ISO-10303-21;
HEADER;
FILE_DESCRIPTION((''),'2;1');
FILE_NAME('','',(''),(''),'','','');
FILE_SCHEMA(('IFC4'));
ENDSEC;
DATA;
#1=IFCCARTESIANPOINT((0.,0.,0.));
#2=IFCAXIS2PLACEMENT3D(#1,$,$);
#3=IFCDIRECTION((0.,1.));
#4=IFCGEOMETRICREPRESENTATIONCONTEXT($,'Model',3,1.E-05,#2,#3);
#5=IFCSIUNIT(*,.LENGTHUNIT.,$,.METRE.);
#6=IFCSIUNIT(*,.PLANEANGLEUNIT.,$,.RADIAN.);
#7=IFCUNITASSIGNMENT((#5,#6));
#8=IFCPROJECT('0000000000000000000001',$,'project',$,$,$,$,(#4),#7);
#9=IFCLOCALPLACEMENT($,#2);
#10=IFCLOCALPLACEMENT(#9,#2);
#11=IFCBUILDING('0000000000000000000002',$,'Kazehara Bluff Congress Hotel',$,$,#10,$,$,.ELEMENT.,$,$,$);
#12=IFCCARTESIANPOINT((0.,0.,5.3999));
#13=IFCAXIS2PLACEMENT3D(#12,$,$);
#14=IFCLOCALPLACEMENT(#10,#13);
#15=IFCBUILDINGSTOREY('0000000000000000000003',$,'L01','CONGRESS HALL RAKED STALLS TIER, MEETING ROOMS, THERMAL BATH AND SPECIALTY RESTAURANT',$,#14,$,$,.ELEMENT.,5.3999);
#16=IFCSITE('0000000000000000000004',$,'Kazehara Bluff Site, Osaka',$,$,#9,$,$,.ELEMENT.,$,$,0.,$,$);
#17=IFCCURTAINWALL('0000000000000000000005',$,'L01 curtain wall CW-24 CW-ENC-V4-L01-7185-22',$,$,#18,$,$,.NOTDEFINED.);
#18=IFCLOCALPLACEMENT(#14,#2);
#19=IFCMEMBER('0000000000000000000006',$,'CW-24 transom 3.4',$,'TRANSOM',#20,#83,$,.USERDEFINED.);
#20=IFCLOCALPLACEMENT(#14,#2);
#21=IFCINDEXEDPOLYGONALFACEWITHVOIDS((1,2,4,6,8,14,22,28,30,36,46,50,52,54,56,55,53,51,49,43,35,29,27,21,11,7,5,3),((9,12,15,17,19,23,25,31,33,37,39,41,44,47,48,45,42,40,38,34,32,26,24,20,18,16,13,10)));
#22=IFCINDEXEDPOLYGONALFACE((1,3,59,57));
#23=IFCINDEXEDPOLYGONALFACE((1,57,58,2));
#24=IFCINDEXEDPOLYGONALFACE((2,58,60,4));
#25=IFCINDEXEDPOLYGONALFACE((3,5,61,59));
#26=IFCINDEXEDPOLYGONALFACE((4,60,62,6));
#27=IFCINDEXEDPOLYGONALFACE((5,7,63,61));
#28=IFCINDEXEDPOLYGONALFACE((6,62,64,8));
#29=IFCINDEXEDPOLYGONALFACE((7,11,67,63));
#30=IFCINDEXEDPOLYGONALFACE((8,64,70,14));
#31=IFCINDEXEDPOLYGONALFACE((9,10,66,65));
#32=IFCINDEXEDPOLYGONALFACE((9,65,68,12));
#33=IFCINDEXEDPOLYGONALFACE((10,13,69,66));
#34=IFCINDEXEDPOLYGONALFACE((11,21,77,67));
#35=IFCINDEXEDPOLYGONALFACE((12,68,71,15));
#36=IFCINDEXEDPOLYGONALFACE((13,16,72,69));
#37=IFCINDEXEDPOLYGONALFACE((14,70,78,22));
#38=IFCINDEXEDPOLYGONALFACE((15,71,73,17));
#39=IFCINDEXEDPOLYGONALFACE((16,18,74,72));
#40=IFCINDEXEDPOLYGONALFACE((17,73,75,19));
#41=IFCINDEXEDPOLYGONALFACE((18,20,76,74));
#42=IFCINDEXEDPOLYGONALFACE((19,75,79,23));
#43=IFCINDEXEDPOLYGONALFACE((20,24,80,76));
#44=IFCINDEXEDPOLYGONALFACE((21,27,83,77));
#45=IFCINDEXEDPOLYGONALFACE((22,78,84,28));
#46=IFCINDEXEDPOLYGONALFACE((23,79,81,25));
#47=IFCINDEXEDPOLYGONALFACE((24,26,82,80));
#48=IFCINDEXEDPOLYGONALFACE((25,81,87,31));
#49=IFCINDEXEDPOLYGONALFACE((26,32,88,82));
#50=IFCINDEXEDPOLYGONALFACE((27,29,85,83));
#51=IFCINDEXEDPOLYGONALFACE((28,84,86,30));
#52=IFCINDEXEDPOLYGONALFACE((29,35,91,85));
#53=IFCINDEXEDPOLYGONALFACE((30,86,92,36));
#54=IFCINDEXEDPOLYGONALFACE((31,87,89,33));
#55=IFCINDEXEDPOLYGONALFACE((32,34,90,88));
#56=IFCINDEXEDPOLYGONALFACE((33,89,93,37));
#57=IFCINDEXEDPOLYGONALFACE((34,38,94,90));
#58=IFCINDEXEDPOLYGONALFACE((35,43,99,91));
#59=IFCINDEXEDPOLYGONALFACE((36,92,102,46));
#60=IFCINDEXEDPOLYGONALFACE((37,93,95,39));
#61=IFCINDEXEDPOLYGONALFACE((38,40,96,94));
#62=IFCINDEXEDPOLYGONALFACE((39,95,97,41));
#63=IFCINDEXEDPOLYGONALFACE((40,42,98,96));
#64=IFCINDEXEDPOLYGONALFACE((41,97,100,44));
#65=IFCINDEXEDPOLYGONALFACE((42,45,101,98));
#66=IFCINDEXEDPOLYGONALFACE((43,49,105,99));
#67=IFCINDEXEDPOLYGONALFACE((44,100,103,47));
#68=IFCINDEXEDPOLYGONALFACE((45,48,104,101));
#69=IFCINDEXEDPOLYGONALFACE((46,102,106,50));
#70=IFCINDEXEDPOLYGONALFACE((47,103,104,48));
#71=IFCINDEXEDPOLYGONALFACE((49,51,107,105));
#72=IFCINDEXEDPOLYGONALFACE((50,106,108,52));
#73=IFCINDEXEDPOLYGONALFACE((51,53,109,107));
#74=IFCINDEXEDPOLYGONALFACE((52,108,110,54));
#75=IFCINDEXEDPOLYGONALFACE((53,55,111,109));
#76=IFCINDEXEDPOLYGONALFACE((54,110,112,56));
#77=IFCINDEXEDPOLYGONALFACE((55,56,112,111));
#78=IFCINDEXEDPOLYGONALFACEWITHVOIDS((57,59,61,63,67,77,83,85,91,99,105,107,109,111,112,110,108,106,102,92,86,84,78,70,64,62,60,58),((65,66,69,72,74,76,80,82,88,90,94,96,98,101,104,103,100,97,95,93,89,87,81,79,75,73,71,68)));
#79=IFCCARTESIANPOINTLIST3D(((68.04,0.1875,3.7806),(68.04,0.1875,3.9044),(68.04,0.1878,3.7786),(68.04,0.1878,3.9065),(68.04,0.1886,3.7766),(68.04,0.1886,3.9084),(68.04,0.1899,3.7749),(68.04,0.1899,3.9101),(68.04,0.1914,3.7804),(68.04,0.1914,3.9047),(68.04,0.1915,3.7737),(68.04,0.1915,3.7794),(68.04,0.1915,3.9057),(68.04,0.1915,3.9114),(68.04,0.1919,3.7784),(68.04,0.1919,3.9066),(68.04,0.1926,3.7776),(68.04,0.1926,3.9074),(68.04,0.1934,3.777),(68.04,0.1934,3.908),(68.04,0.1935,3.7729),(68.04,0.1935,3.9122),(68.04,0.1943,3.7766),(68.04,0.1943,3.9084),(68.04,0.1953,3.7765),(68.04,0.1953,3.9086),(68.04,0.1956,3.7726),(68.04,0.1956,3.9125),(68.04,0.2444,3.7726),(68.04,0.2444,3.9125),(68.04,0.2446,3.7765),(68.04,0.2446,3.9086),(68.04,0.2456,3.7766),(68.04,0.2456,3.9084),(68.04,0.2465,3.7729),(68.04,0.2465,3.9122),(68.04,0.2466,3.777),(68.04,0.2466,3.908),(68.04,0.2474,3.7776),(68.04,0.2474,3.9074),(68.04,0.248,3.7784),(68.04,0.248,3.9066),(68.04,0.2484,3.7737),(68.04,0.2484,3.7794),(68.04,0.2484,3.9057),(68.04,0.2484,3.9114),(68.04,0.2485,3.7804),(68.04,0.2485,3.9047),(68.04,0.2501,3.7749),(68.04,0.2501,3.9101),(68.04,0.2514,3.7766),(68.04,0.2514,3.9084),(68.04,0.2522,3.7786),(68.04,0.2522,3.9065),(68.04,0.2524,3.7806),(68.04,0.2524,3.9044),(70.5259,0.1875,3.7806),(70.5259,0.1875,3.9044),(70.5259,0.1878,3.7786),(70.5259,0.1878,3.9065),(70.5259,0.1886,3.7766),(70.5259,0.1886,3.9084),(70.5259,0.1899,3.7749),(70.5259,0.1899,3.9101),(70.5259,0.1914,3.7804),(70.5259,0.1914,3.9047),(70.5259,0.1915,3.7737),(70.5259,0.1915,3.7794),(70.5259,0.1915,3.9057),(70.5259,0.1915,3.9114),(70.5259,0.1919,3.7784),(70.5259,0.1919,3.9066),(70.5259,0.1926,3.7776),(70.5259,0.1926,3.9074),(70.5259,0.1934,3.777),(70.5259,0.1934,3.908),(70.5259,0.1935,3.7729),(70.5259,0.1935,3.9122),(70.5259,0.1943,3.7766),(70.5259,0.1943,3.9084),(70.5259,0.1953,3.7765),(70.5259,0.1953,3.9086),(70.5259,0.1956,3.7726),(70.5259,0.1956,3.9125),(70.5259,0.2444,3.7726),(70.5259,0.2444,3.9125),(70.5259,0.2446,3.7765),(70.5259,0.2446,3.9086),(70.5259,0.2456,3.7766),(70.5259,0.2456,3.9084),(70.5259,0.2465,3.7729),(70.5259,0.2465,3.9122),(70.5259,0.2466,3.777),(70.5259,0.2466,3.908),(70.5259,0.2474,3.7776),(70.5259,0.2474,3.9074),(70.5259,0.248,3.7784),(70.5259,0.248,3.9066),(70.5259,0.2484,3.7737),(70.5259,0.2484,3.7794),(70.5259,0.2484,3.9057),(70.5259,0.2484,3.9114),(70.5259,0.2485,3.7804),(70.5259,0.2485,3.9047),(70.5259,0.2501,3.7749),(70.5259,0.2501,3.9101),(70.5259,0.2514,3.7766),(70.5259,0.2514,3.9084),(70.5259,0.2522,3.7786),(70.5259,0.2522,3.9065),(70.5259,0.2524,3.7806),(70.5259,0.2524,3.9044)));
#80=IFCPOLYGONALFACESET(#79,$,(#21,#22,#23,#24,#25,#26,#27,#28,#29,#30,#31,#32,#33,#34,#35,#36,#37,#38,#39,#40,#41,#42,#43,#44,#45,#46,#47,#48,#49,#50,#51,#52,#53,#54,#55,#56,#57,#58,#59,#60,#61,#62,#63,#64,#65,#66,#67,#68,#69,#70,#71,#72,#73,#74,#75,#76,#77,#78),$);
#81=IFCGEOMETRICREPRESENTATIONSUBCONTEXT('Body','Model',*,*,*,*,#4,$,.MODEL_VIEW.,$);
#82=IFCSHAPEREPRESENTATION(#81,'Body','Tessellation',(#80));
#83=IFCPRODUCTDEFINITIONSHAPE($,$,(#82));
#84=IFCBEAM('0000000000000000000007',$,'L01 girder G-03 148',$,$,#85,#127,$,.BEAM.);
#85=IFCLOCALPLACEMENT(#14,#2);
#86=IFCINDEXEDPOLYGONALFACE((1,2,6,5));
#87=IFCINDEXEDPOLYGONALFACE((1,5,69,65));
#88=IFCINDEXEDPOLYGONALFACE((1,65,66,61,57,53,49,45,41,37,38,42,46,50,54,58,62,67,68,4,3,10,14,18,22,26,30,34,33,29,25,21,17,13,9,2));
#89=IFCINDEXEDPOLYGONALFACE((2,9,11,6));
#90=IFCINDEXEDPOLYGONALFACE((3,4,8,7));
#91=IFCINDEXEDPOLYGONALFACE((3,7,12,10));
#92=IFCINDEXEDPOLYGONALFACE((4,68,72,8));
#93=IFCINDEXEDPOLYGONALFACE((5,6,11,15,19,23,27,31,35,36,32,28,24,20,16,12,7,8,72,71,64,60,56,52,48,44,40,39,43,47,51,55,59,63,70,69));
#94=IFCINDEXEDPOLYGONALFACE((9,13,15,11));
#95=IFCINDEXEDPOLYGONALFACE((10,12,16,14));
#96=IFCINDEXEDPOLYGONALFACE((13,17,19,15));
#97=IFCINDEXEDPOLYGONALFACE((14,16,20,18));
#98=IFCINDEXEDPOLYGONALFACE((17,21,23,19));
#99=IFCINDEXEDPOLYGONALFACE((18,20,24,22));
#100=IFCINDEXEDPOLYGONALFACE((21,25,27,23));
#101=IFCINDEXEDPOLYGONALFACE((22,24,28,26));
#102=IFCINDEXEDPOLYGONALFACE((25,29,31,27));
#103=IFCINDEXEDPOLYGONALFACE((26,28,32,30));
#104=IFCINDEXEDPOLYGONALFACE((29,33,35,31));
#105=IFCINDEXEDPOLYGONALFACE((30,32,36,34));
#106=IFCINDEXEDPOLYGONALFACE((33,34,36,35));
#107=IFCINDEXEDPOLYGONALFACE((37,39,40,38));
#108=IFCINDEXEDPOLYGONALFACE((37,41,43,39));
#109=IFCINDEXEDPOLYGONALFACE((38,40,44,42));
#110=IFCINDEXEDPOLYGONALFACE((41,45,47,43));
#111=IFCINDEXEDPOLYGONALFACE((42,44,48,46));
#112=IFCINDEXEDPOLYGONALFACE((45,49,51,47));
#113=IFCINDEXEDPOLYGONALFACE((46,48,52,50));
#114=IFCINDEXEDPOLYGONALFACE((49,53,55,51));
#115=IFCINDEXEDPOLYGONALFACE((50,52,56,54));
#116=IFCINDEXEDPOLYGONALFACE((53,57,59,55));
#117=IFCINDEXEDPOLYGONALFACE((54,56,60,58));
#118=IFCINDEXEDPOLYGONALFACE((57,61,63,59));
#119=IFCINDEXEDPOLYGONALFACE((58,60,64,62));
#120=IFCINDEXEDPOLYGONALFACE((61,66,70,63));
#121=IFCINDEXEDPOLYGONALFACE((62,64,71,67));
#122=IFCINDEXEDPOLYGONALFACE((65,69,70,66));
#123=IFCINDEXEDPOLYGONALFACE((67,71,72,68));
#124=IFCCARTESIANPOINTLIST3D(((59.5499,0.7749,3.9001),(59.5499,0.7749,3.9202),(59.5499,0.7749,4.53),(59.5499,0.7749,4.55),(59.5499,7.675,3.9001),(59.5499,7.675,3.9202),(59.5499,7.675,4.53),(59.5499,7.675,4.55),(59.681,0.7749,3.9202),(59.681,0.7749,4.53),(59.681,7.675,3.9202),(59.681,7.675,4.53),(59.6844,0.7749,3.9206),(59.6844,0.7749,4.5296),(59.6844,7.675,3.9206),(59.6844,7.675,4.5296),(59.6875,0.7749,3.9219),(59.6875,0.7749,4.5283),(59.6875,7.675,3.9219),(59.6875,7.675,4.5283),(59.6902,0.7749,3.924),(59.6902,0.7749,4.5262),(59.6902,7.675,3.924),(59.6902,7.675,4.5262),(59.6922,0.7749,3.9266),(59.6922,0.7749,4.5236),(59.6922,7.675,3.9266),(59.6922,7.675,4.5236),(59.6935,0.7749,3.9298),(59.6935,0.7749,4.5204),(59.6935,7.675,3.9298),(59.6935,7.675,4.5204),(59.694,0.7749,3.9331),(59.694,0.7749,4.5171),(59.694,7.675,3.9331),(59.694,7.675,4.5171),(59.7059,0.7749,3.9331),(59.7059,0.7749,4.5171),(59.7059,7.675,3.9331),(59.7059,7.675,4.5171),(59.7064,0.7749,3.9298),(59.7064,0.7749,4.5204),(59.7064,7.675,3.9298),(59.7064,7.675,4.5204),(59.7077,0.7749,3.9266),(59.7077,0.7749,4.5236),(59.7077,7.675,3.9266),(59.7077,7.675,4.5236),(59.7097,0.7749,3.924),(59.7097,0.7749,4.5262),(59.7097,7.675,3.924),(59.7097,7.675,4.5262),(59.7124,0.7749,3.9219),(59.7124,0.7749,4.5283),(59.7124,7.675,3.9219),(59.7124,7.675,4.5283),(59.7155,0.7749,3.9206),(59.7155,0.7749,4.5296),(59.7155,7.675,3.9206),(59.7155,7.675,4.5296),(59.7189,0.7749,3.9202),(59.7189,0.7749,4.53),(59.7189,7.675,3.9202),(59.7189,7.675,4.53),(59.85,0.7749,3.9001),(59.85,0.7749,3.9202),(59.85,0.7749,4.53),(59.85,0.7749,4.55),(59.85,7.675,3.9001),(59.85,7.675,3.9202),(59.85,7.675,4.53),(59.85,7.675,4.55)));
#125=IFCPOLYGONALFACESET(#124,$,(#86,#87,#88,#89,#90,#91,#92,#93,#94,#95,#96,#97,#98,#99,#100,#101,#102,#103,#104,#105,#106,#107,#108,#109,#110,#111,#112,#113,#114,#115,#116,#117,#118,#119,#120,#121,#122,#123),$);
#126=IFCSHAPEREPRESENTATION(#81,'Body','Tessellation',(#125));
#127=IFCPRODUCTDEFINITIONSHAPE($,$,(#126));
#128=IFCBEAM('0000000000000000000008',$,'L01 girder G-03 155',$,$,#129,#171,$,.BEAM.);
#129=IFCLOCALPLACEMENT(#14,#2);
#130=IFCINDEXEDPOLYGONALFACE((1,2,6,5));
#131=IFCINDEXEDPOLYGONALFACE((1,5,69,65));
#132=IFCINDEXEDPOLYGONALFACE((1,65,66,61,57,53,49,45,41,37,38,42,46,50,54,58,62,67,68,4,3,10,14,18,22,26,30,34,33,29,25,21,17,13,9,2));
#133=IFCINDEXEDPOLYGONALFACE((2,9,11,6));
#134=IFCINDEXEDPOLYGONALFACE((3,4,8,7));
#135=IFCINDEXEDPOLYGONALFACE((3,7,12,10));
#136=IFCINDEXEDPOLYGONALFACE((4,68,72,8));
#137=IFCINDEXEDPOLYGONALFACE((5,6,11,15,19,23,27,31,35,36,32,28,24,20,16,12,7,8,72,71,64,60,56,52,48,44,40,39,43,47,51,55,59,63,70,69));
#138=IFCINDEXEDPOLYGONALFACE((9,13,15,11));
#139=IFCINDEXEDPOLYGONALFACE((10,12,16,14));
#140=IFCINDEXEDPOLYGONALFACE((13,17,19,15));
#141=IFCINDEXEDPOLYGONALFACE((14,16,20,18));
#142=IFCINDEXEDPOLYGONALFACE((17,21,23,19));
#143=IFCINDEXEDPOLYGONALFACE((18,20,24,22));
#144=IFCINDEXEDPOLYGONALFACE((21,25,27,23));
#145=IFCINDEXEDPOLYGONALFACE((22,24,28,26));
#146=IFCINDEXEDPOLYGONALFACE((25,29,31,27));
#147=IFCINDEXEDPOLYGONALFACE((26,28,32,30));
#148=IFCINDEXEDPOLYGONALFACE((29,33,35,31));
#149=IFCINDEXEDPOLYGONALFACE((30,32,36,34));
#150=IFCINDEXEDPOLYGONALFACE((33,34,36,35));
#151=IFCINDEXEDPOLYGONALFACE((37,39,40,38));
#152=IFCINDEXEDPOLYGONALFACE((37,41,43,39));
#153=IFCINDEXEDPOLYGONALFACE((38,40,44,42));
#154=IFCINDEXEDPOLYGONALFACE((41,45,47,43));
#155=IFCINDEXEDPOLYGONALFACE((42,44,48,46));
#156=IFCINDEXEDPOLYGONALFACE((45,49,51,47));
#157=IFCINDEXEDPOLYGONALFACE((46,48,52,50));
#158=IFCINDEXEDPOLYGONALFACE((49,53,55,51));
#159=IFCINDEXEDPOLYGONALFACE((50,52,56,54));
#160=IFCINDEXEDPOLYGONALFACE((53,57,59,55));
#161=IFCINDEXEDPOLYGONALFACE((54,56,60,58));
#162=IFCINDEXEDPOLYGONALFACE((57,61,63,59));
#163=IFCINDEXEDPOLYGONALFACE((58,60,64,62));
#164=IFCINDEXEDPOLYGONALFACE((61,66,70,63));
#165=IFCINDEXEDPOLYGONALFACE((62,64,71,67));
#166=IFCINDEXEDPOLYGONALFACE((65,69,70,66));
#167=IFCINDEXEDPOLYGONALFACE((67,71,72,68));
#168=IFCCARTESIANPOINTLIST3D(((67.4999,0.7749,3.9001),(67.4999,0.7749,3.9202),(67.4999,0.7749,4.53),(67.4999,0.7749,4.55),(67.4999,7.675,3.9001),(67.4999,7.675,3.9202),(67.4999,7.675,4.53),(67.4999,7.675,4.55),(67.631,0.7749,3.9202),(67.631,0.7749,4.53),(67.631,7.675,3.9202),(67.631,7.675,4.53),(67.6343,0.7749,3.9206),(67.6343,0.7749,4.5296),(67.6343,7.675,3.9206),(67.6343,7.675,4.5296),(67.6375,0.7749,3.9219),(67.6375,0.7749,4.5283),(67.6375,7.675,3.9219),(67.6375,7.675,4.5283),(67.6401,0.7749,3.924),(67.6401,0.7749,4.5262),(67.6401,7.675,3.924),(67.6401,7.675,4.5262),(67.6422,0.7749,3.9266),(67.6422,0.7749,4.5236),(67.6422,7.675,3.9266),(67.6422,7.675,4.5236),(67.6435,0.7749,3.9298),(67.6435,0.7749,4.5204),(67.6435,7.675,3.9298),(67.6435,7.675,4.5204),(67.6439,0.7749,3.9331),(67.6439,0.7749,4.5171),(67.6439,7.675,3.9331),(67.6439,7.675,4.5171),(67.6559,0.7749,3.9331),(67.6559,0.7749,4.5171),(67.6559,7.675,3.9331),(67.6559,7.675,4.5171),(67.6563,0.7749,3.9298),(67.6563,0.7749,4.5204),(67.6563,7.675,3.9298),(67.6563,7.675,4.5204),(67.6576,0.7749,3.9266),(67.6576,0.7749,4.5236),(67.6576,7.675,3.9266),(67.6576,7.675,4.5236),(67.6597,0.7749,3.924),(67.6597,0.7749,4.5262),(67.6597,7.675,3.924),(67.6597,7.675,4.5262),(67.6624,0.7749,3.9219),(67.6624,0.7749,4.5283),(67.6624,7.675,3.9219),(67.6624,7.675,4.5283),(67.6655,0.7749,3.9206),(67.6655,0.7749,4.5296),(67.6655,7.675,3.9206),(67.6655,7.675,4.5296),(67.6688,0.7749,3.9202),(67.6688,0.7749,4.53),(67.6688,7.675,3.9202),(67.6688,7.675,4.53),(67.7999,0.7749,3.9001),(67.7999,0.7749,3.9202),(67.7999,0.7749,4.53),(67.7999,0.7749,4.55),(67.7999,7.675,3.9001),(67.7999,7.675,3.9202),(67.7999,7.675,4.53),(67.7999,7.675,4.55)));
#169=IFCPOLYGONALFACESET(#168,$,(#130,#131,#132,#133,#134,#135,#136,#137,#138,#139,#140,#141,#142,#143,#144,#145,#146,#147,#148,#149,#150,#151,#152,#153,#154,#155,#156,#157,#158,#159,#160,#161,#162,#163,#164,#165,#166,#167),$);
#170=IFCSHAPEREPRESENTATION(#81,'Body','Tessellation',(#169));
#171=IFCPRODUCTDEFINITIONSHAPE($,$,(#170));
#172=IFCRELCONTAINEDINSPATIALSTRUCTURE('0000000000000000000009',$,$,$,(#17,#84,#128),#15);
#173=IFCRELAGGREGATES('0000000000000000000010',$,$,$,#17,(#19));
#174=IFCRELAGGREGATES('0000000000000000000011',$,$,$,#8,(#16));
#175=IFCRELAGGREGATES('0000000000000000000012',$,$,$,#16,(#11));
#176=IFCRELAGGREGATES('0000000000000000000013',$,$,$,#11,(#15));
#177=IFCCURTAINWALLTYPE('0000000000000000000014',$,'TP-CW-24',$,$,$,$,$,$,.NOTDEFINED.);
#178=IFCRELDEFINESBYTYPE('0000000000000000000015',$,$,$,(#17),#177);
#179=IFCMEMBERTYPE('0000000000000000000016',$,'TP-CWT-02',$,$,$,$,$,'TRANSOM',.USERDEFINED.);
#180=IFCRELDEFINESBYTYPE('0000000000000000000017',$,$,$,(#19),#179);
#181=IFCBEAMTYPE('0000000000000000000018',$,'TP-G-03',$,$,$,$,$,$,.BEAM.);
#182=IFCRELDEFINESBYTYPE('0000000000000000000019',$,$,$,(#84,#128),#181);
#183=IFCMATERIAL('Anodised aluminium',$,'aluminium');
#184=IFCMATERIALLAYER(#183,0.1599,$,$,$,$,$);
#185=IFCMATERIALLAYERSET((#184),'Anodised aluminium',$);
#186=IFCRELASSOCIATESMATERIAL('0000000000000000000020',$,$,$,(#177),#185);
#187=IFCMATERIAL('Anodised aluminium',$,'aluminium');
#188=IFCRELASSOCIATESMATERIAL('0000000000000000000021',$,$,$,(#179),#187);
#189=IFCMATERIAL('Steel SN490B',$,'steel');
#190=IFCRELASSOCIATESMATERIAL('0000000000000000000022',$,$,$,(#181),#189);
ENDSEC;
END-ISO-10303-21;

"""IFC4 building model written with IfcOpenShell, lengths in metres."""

from ifc_helpers import new_model, si_unit, direction, frame, origin, origin_2d, place, context, subcontext, project, spatial, hollow_rectangle, i_section, extrude, material, layer, layer_set, material_profile, profile_set, type_object, element, aggregate, save


model = new_model("IFC4")

# Units and contexts
model_context = context("Model", 3, precision=1e-05, world=origin(), true_north=direction((0.0, 1.0)))
body_context = subcontext(model_context, "Body", "Model", "MODEL_VIEW")
ifc_project = project(units=[si_unit("LENGTHUNIT", "METRE"), si_unit("PLANEANGLEUNIT", "RADIAN")], contexts=[model_context])

# Site, building, storey
site_placement = place(None, origin())
site = spatial("IfcSite", under=ifc_project, at=site_placement, Name="Kazehara Bluff Site, Osaka", CompositionType="ELEMENT", RefElevation=0.0)
building_placement = place(site_placement, origin())
building = spatial("IfcBuilding", under=site, at=building_placement, Name="Kazehara Bluff Congress Hotel", CompositionType="ELEMENT")
storey_placement = place(building_placement, frame((0.0, 0.0, 5.3999)))
storey = spatial("IfcBuildingStorey", under=building, at=storey_placement, Name="L01", Description="CONGRESS HALL RAKED STALLS TIER, MEETING ROOMS, THERMAL BATH AND SPECIALTY RESTAURANT", CompositionType="ELEMENT", Elevation=5.3999)

# Curtain wall
ifc_material_1 = material(Name="Anodised aluminium", Category="aluminium")
ifc_layer_1 = layer(ifc_material_1, 0.1599)
ifc_layer_set_1 = layer_set([ifc_layer_1], Name="Anodised aluminium")
curtain_wall_type_1 = type_object("IfcCurtainWallType", Name="TP-CW-24", PredefinedType="NOTDEFINED", material=ifc_layer_set_1)
curtain_wall_1_placement = place(storey_placement, origin())
curtain_wall_1 = element("IfcCurtainWall", 1, at=curtain_wall_1_placement, inside=storey, type_object=curtain_wall_type_1, Name="L01 curtain wall CW-24 CW-ENC-V4-L01-7185-22", PredefinedType="NOTDEFINED")

# Shared definitions
ifc_material_2 = material(Name="Anodised aluminium", Category="aluminium")
ifc_material_profile_1 = material_profile(ifc_material_2, hollow_rectangle(XDim=0.0649, YDim=0.1399, WallThickness=0.0039, InnerFilletRadius=0.0039, OuterFilletRadius=0.0081, at=origin_2d()))
ifc_profile_set_1 = profile_set([ifc_material_profile_1], Name="Anodised aluminium")
member_type_1 = type_object("IfcMemberType", Name="TP-CWT-02", ElementType="TRANSOM", PredefinedType="USERDEFINED", material=ifc_profile_set_1)

# Member
member_1_placement = place(storey_placement, frame((70.5259, 0.22, 3.8425), z_axis=(-1.0, 0.0, 0.0), x_axis=(0.0, -1.0, 0.0)))
member_1 = element("IfcMember", 2, at=member_1_placement, type_object=member_type_1, Name="CW-24 transom 3.4", ObjectType="TRANSOM", PredefinedType="USERDEFINED", context=body_context, shape_type="SweptSolid", body=[
    extrude(hollow_rectangle(XDim=0.0649, YDim=0.1399, WallThickness=0.0039, InnerFilletRadius=0.0039, OuterFilletRadius=0.0081, at=origin_2d()), origin(), (0.0, 0.0, 1.0), 2.4858),
])

# Beams
ifc_material_3 = material(Name="Steel SN490B", Category="steel")
ifc_material_profile_2 = material_profile(ifc_material_3, i_section(OverallWidth=0.3, OverallDepth=0.6499, WebThickness=0.012, FlangeThickness=0.02, FilletRadius=0.0129, at=origin_2d()))
ifc_profile_set_2 = profile_set([ifc_material_profile_2], Name="Steel SN490B")
beam_type_1 = type_object("IfcBeamType", Name="TP-G-03", PredefinedType="BEAM", material=ifc_profile_set_2)
for number, where, z_axis, x_axis, name in (
    (3, (59.7, 0.7749, 4.2251), (0.0, 1.0, 0.0), (-1.0, 0.0, 0.0), "L01 girder G-03 148"),
    (4, (67.6499, 0.7749, 4.2251), (0.0, 1.0, 0.0), (-1.0, 0.0, 0.0), "L01 girder G-03 155"),
):
    element("IfcBeam", number, at=place(storey_placement, frame(where, z_axis=z_axis, x_axis=x_axis)), inside=storey, type_object=beam_type_1, Name=name, PredefinedType="BEAM", context=body_context, shape_type="SweptSolid", body=[
        extrude(i_section(OverallWidth=0.3, OverallDepth=0.6499, WebThickness=0.012, FlangeThickness=0.02, FilletRadius=0.0129, at=origin_2d()), origin(), (0.0, 0.0, 1.0), 6.9001),
    ])

aggregate(curtain_wall_1, [member_1])

save(model, "model.ifc")
